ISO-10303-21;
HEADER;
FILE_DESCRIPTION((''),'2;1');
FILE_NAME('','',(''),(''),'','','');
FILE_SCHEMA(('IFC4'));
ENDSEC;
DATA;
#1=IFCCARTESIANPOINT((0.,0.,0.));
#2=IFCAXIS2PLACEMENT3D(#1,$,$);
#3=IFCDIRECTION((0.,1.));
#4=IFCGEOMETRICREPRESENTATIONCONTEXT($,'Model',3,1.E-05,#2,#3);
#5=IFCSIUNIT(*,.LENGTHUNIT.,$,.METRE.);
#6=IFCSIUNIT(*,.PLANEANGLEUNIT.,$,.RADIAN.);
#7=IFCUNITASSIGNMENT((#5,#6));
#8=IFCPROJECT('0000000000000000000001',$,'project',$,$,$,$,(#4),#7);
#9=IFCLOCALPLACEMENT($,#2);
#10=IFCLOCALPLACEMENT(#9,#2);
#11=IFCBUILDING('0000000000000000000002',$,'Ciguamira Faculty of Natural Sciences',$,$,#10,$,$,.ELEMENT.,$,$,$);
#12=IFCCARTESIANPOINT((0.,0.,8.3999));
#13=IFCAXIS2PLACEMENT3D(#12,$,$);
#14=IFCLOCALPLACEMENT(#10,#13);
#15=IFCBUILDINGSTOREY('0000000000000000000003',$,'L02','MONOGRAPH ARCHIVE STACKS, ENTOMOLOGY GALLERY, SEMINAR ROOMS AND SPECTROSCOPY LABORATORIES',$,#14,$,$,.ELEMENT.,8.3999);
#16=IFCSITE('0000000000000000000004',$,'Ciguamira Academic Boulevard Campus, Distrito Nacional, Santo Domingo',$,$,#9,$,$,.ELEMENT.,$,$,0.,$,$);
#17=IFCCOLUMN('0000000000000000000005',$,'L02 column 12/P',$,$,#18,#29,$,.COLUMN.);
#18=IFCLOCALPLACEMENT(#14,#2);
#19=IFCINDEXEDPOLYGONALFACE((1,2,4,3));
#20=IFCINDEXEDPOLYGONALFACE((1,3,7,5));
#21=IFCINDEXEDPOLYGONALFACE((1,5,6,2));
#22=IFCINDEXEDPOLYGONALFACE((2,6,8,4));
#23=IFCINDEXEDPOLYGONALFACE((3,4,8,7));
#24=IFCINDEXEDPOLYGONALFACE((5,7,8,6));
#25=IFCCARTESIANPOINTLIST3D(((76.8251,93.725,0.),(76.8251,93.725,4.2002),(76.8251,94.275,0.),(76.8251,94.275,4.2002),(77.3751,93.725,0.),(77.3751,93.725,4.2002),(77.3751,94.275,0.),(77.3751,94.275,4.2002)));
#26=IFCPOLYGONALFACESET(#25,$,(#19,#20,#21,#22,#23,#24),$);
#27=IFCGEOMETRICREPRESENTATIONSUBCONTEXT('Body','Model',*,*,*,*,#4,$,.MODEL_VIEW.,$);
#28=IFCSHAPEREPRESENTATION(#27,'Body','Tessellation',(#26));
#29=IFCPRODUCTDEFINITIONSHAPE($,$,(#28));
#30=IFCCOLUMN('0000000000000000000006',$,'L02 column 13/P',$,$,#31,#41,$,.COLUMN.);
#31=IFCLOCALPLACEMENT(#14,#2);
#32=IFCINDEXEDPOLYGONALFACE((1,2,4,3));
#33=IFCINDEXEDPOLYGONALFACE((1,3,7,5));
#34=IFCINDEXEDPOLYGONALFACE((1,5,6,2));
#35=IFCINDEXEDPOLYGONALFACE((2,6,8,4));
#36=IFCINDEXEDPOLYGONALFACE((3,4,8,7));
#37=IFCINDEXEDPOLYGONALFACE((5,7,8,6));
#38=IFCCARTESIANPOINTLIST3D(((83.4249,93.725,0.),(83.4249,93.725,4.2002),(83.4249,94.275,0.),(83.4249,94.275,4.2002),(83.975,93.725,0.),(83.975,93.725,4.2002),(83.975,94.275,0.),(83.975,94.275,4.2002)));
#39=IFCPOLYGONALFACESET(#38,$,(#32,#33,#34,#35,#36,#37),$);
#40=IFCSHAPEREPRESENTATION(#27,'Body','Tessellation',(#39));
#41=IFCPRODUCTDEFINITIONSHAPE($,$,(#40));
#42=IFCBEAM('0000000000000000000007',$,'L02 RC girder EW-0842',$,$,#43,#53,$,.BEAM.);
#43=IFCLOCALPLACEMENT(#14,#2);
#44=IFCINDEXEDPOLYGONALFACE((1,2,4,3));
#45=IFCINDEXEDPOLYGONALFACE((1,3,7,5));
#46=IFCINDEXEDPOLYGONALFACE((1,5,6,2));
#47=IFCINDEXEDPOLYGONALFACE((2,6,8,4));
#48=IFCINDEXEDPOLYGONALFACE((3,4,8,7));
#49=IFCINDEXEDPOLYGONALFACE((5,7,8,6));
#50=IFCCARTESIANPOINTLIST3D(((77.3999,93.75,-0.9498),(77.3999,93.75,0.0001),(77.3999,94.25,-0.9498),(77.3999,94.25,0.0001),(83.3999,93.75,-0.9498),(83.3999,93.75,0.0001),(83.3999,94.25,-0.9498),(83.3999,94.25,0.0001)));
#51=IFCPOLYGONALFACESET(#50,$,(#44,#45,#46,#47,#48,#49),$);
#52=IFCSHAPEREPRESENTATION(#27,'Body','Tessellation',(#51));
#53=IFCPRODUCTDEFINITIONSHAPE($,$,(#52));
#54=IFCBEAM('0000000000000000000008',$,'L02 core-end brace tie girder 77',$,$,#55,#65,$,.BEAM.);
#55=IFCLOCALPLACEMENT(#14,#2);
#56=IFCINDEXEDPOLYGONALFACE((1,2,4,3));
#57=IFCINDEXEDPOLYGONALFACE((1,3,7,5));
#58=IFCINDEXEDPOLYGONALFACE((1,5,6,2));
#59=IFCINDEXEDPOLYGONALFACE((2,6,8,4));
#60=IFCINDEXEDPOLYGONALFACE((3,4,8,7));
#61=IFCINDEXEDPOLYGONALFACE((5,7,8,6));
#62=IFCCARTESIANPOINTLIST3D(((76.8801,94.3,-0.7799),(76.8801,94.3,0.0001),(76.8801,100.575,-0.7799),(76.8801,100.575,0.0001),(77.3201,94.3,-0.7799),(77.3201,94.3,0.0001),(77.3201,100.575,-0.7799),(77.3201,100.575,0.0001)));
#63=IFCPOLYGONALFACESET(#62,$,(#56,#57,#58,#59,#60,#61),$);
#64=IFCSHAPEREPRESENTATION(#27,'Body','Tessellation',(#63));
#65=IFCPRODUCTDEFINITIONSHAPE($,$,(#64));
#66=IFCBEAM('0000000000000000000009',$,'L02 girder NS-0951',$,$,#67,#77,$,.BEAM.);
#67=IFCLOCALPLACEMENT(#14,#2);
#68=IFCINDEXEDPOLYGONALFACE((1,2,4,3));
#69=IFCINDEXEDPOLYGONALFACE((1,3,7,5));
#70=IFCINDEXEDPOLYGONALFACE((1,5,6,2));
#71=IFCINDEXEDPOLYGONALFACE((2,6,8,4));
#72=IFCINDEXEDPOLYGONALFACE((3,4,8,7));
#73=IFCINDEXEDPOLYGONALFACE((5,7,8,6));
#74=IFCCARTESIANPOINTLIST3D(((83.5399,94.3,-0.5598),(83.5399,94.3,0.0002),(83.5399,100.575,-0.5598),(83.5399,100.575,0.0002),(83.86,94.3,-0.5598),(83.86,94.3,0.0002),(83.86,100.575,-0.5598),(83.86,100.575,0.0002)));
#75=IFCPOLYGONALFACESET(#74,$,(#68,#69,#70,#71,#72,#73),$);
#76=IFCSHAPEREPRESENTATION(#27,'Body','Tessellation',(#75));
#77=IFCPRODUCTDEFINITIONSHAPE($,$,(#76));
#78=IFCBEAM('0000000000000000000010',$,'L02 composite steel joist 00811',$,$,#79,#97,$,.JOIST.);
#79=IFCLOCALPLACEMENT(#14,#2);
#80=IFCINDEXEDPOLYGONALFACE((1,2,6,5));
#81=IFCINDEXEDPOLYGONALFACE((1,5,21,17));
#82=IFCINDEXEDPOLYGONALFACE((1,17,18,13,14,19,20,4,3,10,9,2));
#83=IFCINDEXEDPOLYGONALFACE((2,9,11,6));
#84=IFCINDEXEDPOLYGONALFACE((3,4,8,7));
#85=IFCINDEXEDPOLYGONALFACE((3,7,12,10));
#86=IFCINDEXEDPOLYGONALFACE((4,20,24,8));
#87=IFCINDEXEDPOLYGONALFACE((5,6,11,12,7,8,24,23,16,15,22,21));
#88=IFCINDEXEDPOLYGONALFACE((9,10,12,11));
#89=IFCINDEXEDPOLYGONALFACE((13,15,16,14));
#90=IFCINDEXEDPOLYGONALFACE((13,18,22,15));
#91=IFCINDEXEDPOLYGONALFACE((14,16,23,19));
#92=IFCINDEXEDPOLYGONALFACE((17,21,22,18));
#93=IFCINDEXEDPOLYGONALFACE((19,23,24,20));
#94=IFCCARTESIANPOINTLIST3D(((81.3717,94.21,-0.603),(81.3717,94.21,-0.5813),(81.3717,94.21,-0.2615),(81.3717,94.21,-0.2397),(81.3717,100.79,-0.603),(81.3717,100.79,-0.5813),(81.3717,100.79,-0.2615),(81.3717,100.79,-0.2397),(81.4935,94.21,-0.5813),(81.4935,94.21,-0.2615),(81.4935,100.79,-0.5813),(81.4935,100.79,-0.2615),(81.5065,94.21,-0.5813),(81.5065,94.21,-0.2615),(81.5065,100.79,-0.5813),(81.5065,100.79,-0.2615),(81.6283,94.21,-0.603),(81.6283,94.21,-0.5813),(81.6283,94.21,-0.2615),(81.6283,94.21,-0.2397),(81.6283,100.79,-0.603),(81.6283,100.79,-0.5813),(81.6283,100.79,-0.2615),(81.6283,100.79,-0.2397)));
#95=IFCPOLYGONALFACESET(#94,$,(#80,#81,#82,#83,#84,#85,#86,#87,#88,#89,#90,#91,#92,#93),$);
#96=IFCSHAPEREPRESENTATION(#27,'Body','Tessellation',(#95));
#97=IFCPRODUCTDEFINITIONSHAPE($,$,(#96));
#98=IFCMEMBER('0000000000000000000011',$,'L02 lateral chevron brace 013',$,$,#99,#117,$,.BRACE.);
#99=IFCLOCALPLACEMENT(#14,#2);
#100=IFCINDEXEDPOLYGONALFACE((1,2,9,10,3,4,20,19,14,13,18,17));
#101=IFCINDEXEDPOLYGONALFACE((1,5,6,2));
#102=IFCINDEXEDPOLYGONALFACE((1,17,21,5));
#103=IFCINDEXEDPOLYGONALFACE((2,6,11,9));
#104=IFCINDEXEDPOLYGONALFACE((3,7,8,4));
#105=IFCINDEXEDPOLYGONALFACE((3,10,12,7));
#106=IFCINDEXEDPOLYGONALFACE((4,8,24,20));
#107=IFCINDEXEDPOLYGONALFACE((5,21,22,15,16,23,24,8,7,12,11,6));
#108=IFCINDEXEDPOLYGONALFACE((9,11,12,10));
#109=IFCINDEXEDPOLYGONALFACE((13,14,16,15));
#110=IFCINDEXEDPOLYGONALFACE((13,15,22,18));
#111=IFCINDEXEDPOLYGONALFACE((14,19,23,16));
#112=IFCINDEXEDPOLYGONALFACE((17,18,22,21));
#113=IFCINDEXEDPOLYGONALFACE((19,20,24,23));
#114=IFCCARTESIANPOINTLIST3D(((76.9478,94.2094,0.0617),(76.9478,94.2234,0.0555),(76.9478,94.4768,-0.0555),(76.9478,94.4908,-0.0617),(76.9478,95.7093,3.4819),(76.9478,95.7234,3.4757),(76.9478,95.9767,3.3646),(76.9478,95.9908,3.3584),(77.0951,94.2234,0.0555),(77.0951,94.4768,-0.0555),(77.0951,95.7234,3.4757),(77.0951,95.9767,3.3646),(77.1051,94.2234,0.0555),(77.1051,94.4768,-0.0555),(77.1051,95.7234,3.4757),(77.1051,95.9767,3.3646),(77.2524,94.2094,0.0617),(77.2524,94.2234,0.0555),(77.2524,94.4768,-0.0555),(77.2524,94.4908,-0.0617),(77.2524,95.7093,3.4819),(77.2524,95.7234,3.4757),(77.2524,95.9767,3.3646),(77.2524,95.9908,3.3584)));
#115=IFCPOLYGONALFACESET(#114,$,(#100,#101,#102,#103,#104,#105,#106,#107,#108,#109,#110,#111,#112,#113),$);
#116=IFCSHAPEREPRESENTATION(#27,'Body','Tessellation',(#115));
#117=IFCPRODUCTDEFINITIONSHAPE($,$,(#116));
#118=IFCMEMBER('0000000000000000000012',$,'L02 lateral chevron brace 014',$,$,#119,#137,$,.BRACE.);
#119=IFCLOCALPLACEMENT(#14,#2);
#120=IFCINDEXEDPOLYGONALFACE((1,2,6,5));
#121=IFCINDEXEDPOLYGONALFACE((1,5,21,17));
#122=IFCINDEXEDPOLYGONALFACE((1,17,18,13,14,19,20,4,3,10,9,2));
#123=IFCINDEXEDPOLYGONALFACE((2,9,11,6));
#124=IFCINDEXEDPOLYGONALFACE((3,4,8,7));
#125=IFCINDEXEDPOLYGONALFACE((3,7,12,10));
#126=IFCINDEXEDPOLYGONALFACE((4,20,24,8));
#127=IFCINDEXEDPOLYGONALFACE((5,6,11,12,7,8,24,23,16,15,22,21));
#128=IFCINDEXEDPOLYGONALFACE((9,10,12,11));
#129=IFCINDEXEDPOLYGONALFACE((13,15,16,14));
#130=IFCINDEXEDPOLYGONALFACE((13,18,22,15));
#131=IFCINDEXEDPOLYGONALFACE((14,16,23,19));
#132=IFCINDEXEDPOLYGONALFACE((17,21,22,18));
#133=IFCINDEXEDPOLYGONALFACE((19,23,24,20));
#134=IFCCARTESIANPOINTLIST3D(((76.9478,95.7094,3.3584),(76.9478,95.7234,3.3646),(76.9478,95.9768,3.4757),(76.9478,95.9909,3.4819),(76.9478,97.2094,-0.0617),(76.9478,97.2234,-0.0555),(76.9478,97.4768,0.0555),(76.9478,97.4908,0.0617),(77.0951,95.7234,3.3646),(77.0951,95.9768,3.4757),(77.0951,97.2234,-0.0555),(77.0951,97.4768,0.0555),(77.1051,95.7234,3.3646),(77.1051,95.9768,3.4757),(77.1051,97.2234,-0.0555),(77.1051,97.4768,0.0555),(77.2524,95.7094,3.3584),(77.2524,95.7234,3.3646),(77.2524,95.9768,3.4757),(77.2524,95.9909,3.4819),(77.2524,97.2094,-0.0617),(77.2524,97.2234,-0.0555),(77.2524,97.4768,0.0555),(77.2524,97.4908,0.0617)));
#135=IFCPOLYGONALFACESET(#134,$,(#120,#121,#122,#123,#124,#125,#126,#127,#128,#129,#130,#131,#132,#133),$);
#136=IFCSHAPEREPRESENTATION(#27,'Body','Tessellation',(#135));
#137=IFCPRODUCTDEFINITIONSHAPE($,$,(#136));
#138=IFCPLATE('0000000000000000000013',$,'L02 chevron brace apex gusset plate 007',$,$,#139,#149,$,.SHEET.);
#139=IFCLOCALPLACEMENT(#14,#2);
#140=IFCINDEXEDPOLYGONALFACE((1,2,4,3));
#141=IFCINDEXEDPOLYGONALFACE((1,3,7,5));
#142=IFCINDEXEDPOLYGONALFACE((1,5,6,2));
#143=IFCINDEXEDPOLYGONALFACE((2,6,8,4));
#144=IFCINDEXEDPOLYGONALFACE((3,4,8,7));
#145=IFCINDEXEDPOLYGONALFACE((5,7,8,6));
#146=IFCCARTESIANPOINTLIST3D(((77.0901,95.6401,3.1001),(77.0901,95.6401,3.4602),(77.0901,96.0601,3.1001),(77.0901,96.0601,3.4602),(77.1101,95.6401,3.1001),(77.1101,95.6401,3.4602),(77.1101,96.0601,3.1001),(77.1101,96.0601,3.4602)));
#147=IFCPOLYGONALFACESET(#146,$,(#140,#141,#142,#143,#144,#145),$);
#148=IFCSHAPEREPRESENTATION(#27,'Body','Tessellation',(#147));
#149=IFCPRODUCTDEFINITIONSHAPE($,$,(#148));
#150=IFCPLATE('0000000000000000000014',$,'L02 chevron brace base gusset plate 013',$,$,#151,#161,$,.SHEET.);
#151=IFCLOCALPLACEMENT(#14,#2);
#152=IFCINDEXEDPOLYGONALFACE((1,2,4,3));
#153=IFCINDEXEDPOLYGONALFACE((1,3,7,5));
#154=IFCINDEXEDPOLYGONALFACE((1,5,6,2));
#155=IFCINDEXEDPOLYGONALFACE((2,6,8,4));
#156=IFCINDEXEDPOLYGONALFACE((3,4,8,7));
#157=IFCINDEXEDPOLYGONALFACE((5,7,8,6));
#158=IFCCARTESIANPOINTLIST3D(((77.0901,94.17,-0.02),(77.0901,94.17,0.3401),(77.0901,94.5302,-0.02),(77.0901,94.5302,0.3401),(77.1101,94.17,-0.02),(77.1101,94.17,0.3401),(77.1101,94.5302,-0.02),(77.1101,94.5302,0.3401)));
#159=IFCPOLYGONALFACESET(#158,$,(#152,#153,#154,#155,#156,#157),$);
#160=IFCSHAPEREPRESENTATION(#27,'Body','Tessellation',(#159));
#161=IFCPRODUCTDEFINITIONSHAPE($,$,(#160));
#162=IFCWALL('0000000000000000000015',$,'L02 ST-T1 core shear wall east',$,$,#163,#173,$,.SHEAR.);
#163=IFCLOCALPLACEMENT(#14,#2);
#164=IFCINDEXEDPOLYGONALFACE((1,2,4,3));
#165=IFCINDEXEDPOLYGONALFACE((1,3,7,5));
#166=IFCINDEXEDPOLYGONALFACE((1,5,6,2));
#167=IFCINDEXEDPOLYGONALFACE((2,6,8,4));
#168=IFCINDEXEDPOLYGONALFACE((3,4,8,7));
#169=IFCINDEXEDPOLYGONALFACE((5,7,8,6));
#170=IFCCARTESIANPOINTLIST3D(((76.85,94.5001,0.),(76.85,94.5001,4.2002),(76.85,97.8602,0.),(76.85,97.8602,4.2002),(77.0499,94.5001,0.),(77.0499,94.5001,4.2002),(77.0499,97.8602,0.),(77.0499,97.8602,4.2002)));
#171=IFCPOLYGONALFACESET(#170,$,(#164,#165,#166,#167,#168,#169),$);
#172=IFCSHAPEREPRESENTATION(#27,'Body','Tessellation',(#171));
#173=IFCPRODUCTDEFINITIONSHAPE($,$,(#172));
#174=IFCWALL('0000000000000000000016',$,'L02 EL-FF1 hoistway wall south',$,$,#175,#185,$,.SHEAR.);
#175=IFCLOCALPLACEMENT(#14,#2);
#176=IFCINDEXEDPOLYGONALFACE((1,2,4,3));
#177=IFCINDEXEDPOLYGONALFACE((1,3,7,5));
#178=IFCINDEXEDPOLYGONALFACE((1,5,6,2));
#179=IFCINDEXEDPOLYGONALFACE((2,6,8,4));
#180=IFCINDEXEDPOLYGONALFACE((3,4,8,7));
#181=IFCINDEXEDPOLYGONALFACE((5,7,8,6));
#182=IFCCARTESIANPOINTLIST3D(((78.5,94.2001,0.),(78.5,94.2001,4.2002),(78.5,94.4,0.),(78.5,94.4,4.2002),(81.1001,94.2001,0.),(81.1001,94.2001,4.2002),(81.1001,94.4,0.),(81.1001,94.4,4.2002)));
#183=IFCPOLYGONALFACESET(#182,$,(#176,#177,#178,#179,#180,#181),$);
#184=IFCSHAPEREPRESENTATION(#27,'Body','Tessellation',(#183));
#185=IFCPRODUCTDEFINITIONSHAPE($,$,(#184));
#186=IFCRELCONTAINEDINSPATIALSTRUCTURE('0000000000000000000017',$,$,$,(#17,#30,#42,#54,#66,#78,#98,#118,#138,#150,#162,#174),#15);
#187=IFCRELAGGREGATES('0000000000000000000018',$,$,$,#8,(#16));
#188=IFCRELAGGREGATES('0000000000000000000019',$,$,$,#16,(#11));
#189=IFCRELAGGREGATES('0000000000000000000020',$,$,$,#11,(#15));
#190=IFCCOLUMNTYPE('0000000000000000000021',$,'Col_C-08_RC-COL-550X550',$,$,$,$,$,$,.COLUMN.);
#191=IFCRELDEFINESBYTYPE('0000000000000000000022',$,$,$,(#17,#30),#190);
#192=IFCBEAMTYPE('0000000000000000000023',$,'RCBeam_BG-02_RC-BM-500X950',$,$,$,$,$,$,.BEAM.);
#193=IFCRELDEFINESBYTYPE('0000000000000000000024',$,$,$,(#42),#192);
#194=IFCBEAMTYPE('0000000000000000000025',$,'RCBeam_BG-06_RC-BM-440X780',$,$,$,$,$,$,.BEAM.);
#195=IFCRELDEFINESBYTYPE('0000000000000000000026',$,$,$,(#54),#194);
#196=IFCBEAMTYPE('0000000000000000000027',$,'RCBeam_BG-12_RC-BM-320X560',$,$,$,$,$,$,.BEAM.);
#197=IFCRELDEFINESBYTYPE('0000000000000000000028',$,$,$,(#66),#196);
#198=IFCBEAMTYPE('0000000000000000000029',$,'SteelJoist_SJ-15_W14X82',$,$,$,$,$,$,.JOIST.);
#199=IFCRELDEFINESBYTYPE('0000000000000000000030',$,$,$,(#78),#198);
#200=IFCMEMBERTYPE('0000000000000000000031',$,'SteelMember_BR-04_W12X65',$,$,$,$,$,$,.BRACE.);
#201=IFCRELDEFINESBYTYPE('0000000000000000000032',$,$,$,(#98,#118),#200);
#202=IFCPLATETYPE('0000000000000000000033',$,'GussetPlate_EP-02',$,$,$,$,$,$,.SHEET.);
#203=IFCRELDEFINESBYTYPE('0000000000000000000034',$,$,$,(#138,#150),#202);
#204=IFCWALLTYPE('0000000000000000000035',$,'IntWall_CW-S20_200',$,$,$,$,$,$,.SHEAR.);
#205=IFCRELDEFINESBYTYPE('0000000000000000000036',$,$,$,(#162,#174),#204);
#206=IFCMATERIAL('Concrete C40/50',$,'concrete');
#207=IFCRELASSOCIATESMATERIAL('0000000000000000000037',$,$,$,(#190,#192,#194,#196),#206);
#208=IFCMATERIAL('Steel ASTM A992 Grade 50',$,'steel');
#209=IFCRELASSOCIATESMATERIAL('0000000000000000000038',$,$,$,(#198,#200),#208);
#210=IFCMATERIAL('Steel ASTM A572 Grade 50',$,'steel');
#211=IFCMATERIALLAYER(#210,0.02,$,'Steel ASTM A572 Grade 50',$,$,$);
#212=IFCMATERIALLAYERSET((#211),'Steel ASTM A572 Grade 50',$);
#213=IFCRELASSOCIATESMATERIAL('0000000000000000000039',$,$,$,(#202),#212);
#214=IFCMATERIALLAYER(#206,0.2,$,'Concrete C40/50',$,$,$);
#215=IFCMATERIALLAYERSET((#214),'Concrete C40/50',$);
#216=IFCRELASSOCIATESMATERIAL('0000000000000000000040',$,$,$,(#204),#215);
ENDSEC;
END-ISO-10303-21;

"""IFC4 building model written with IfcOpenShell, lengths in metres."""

from ifc_helpers import new_model, si_unit, direction, frame, frame_2d, origin, origin_2d, place, context, subcontext, project, spatial, rectangle, i_section, extrude, material, layer, layer_set, material_profile, profile_set, type_object, element, save


model = new_model("IFC4")

# Units and contexts
model_context = context("Model", 3, precision=1e-05, world=origin(), true_north=direction((0.0, 1.0)))
body_context = subcontext(model_context, "Body", "Model", "MODEL_VIEW")
ifc_project = project(units=[si_unit("LENGTHUNIT", "METRE"), si_unit("PLANEANGLEUNIT", "RADIAN")], contexts=[model_context])

# Site, building, storey
site_placement = place(None, origin())
site = spatial("IfcSite", under=ifc_project, at=site_placement, Name="Ciguamira Academic Boulevard Campus, Distrito Nacional, Santo Domingo", CompositionType="ELEMENT", RefElevation=0.0)
building_placement = place(site_placement, origin())
building = spatial("IfcBuilding", under=site, at=building_placement, Name="Ciguamira Faculty of Natural Sciences", CompositionType="ELEMENT")
storey_placement = place(building_placement, frame((0.0, 0.0, 8.3999)))
storey = spatial("IfcBuildingStorey", under=building, at=storey_placement, Name="L02", Description="MONOGRAPH ARCHIVE STACKS, ENTOMOLOGY GALLERY, SEMINAR ROOMS AND SPECTROSCOPY LABORATORIES", CompositionType="ELEMENT", Elevation=8.3999)

# Columns
ifc_material_1 = material(Name="Concrete C40/50", Category="concrete")
ifc_material_profile_1 = material_profile(ifc_material_1, rectangle(XDim=0.55, YDim=0.55, at=origin_2d()), Name="RC-COL-550X550")
ifc_profile_set_1 = profile_set([ifc_material_profile_1], Name="Concrete C40/50")
column_type = type_object("IfcColumnType", Name="Col_C-08_RC-COL-550X550", PredefinedType="COLUMN", material=ifc_profile_set_1)
for number, where, z_axis, x_axis, name in (
    (1, (77.1001, 94.0, 0.0), (0.0, 0.0, 1.0), (1.0, 0.0, 0.0), "L02 column 12/P"),
    (2, (83.7, 94.0, 0.0), (0.0, 0.0, 1.0), (1.0, 0.0, 0.0), "L02 column 13/P"),
):
    element("IfcColumn", number, at=place(storey_placement, frame(where, z_axis=z_axis, x_axis=x_axis)), inside=storey, type_object=column_type, Name=name, PredefinedType="COLUMN", context=body_context, shape_type="SweptSolid", body=[
        extrude(rectangle(XDim=0.55, YDim=0.55, at=origin_2d()), origin(), (0.0, 0.0, 1.0), 4.2002),
    ])

# Beams
ifc_material_profile_2 = material_profile(ifc_material_1, rectangle(XDim=0.5, YDim=0.95, at=origin_2d()), Name="RC-BM-500X950")
ifc_profile_set_2 = profile_set([ifc_material_profile_2], Name="Concrete C40/50")
beam_type_1 = type_object("IfcBeamType", Name="RCBeam_BG-02_RC-BM-500X950", PredefinedType="BEAM", material=ifc_profile_set_2)
beam_1_placement = place(storey_placement, frame((77.3999, 94.0, -0.4749), z_axis=(1.0, 0.0, 0.0), x_axis=(0.0, 1.0, 0.0)))
element("IfcBeam", 3, at=beam_1_placement, inside=storey, type_object=beam_type_1, Name="L02 RC girder EW-0842", PredefinedType="BEAM", context=body_context, shape_type="SweptSolid", body=[
    extrude(rectangle(XDim=0.5, YDim=0.95, at=origin_2d()), origin(), (0.0, 0.0, 1.0), 6.0),
])
ifc_material_profile_3 = material_profile(ifc_material_1, rectangle(XDim=0.4399, YDim=0.78, at=origin_2d()), Name="RC-BM-440X780")
ifc_profile_set_3 = profile_set([ifc_material_profile_3], Name="Concrete C40/50")
beam_type_2 = type_object("IfcBeamType", Name="RCBeam_BG-06_RC-BM-440X780", PredefinedType="BEAM", material=ifc_profile_set_3)
beam_2_placement = place(storey_placement, frame((77.1001, 94.3, -0.3899), z_axis=(0.0, 1.0, 0.0), x_axis=(-1.0, 0.0, 0.0)))
element("IfcBeam", 4, at=beam_2_placement, inside=storey, type_object=beam_type_2, Name="L02 core-end brace tie girder 77", PredefinedType="BEAM", context=body_context, shape_type="SweptSolid", body=[
    extrude(rectangle(XDim=0.4399, YDim=0.78, at=origin_2d()), origin(), (0.0, 0.0, 1.0), 6.2749),
])
ifc_material_profile_4 = material_profile(ifc_material_1, rectangle(XDim=0.3201, YDim=0.5601, at=origin_2d()), Name="RC-BM-320X560")
ifc_profile_set_4 = profile_set([ifc_material_profile_4], Name="Concrete C40/50")
beam_type_3 = type_object("IfcBeamType", Name="RCBeam_BG-12_RC-BM-320X560", PredefinedType="BEAM", material=ifc_profile_set_4)
beam_3_placement = place(storey_placement, frame((83.7, 94.3, -0.2798), z_axis=(0.0, 1.0, 0.0), x_axis=(-1.0, 0.0, 0.0)))
element("IfcBeam", 5, at=beam_3_placement, inside=storey, type_object=beam_type_3, Name="L02 girder NS-0951", PredefinedType="BEAM", context=body_context, shape_type="SweptSolid", body=[
    extrude(rectangle(XDim=0.3201, YDim=0.5601, at=origin_2d()), origin(), (0.0, 0.0, 1.0), 6.2749),
])
ifc_material_2 = material(Name="Steel ASTM A992 Grade 50", Category="steel")
ifc_material_profile_5 = material_profile(ifc_material_2, i_section(OverallWidth=0.2566, OverallDepth=0.3633, WebThickness=0.0129, FlangeThickness=0.0217, at=origin_2d()), Name="W14X82")
ifc_profile_set_5 = profile_set([ifc_material_profile_5], Name="Steel ASTM A992 Grade 50")
beam_type_4 = type_object("IfcBeamType", Name="SteelJoist_SJ-15_W14X82", PredefinedType="JOIST", material=ifc_profile_set_5)
beam_4_placement = place(storey_placement, frame((81.5, 94.21, -0.4214), z_axis=(0.0, 1.0, 0.0), x_axis=(-1.0, 0.0, 0.0)))
element("IfcBeam", 6, at=beam_4_placement, inside=storey, type_object=beam_type_4, Name="L02 composite steel joist 00811", PredefinedType="JOIST", context=body_context, shape_type="SweptSolid", body=[
    extrude(i_section(OverallWidth=0.2566, OverallDepth=0.3633, WebThickness=0.0129, FlangeThickness=0.0217, at=origin_2d()), origin(), (0.0, 0.0, 1.0), 6.5801),
])

# Members
ifc_material_profile_6 = material_profile(ifc_material_2, i_section(OverallWidth=0.3047, OverallDepth=0.3074, WebThickness=0.01, FlangeThickness=0.0154, at=origin_2d()), Name="W12X65")
ifc_profile_set_6 = profile_set([ifc_material_profile_6], Name="Steel ASTM A992 Grade 50")
member_type = type_object("IfcMemberType", Name="SteelMember_BR-04_W12X65", PredefinedType="BRACE", material=ifc_profile_set_6)
for number, where, z_axis, x_axis, name in (
    (7, (77.1001, 94.3501, 0.0), (0.0, 0.401645, 0.915795), (-1.0, 0.0, 0.0), "L02 lateral chevron brace 013"),
    (8, (77.1001, 97.3501, 0.0), (0.0, -0.401645, 0.915795), (1.0, 0.0, 0.0), "L02 lateral chevron brace 014"),
):
    element("IfcMember", number, at=place(storey_placement, frame(where, z_axis=z_axis, x_axis=x_axis)), inside=storey, type_object=member_type, Name=name, PredefinedType="BRACE", context=body_context, shape_type="SweptSolid", body=[
        extrude(i_section(OverallWidth=0.3047, OverallDepth=0.3074, WebThickness=0.01, FlangeThickness=0.0154, at=origin_2d()), origin(), (0.0, 0.0, 1.0), 3.7346),
    ])

# Plates
ifc_material_3 = material(Name="Steel ASTM A572 Grade 50", Category="steel")
ifc_layer_1 = layer(ifc_material_3, 0.02, Name="Steel ASTM A572 Grade 50")
ifc_layer_set_1 = layer_set([ifc_layer_1], Name="Steel ASTM A572 Grade 50")
plate_type = type_object("IfcPlateType", Name="GussetPlate_EP-02", PredefinedType="SHEET", material=ifc_layer_set_1)
plate_1_placement = place(storey_placement, frame((77.1001, 95.8501, 3.1001), z_axis=(0.0, 0.0, 1.0), x_axis=(1.0, 0.0, 0.0)))
element("IfcPlate", 9, at=plate_1_placement, inside=storey, type_object=plate_type, Name="L02 chevron brace apex gusset plate 007", PredefinedType="SHEET", context=body_context, shape_type="SweptSolid", body=[
    extrude(rectangle(XDim=0.02, YDim=0.4199, at=origin_2d()), origin(), (0.0, 0.0, 1.0), 0.3601),
])
plate_2_placement = place(storey_placement, frame((77.1001, 94.3501, -0.02), z_axis=(0.0, 0.0, 1.0), x_axis=(1.0, 0.0, 0.0)))
element("IfcPlate", 10, at=plate_2_placement, inside=storey, type_object=plate_type, Name="L02 chevron brace base gusset plate 013", PredefinedType="SHEET", context=body_context, shape_type="SweptSolid", body=[
    extrude(rectangle(XDim=0.02, YDim=0.3601, at=origin_2d()), origin(), (0.0, 0.0, 1.0), 0.3601),
])

# Walls
ifc_layer_2 = layer(ifc_material_1, 0.2, Name="Concrete C40/50")
ifc_layer_set_2 = layer_set([ifc_layer_2], Name="Concrete C40/50")
wall_type = type_object("IfcWallType", Name="IntWall_CW-S20_200", PredefinedType="SHEAR", material=ifc_layer_set_2)
wall_1_placement = place(storey_placement, frame((76.95, 94.5, 0.0), z_axis=(0.0, 0.0, 1.0), x_axis=(0.0, 1.0, 0.0)))
element("IfcWall", 11, at=wall_1_placement, inside=storey, type_object=wall_type, Name="L02 ST-T1 core shear wall east", PredefinedType="SHEAR", context=body_context, shape_type="SweptSolid", body=[
    extrude(rectangle(XDim=3.3601, YDim=0.2, at=frame_2d((1.6802, 0.0))), origin(), (0.0, 0.0, 1.0), 4.2002),
])
wall_2_placement = place(storey_placement, frame((78.5, 94.3, 0.0), z_axis=(0.0, 0.0, 1.0), x_axis=(1.0, 0.0, 0.0)))
element("IfcWall", 12, at=wall_2_placement, inside=storey, type_object=wall_type, Name="L02 EL-FF1 hoistway wall south", PredefinedType="SHEAR", context=body_context, shape_type="SweptSolid", body=[
    extrude(rectangle(XDim=2.6001, YDim=0.2, at=frame_2d((1.3, 0.0))), origin(), (0.0, 0.0, 1.0), 4.2002),
])

save(model, "model.ifc")
